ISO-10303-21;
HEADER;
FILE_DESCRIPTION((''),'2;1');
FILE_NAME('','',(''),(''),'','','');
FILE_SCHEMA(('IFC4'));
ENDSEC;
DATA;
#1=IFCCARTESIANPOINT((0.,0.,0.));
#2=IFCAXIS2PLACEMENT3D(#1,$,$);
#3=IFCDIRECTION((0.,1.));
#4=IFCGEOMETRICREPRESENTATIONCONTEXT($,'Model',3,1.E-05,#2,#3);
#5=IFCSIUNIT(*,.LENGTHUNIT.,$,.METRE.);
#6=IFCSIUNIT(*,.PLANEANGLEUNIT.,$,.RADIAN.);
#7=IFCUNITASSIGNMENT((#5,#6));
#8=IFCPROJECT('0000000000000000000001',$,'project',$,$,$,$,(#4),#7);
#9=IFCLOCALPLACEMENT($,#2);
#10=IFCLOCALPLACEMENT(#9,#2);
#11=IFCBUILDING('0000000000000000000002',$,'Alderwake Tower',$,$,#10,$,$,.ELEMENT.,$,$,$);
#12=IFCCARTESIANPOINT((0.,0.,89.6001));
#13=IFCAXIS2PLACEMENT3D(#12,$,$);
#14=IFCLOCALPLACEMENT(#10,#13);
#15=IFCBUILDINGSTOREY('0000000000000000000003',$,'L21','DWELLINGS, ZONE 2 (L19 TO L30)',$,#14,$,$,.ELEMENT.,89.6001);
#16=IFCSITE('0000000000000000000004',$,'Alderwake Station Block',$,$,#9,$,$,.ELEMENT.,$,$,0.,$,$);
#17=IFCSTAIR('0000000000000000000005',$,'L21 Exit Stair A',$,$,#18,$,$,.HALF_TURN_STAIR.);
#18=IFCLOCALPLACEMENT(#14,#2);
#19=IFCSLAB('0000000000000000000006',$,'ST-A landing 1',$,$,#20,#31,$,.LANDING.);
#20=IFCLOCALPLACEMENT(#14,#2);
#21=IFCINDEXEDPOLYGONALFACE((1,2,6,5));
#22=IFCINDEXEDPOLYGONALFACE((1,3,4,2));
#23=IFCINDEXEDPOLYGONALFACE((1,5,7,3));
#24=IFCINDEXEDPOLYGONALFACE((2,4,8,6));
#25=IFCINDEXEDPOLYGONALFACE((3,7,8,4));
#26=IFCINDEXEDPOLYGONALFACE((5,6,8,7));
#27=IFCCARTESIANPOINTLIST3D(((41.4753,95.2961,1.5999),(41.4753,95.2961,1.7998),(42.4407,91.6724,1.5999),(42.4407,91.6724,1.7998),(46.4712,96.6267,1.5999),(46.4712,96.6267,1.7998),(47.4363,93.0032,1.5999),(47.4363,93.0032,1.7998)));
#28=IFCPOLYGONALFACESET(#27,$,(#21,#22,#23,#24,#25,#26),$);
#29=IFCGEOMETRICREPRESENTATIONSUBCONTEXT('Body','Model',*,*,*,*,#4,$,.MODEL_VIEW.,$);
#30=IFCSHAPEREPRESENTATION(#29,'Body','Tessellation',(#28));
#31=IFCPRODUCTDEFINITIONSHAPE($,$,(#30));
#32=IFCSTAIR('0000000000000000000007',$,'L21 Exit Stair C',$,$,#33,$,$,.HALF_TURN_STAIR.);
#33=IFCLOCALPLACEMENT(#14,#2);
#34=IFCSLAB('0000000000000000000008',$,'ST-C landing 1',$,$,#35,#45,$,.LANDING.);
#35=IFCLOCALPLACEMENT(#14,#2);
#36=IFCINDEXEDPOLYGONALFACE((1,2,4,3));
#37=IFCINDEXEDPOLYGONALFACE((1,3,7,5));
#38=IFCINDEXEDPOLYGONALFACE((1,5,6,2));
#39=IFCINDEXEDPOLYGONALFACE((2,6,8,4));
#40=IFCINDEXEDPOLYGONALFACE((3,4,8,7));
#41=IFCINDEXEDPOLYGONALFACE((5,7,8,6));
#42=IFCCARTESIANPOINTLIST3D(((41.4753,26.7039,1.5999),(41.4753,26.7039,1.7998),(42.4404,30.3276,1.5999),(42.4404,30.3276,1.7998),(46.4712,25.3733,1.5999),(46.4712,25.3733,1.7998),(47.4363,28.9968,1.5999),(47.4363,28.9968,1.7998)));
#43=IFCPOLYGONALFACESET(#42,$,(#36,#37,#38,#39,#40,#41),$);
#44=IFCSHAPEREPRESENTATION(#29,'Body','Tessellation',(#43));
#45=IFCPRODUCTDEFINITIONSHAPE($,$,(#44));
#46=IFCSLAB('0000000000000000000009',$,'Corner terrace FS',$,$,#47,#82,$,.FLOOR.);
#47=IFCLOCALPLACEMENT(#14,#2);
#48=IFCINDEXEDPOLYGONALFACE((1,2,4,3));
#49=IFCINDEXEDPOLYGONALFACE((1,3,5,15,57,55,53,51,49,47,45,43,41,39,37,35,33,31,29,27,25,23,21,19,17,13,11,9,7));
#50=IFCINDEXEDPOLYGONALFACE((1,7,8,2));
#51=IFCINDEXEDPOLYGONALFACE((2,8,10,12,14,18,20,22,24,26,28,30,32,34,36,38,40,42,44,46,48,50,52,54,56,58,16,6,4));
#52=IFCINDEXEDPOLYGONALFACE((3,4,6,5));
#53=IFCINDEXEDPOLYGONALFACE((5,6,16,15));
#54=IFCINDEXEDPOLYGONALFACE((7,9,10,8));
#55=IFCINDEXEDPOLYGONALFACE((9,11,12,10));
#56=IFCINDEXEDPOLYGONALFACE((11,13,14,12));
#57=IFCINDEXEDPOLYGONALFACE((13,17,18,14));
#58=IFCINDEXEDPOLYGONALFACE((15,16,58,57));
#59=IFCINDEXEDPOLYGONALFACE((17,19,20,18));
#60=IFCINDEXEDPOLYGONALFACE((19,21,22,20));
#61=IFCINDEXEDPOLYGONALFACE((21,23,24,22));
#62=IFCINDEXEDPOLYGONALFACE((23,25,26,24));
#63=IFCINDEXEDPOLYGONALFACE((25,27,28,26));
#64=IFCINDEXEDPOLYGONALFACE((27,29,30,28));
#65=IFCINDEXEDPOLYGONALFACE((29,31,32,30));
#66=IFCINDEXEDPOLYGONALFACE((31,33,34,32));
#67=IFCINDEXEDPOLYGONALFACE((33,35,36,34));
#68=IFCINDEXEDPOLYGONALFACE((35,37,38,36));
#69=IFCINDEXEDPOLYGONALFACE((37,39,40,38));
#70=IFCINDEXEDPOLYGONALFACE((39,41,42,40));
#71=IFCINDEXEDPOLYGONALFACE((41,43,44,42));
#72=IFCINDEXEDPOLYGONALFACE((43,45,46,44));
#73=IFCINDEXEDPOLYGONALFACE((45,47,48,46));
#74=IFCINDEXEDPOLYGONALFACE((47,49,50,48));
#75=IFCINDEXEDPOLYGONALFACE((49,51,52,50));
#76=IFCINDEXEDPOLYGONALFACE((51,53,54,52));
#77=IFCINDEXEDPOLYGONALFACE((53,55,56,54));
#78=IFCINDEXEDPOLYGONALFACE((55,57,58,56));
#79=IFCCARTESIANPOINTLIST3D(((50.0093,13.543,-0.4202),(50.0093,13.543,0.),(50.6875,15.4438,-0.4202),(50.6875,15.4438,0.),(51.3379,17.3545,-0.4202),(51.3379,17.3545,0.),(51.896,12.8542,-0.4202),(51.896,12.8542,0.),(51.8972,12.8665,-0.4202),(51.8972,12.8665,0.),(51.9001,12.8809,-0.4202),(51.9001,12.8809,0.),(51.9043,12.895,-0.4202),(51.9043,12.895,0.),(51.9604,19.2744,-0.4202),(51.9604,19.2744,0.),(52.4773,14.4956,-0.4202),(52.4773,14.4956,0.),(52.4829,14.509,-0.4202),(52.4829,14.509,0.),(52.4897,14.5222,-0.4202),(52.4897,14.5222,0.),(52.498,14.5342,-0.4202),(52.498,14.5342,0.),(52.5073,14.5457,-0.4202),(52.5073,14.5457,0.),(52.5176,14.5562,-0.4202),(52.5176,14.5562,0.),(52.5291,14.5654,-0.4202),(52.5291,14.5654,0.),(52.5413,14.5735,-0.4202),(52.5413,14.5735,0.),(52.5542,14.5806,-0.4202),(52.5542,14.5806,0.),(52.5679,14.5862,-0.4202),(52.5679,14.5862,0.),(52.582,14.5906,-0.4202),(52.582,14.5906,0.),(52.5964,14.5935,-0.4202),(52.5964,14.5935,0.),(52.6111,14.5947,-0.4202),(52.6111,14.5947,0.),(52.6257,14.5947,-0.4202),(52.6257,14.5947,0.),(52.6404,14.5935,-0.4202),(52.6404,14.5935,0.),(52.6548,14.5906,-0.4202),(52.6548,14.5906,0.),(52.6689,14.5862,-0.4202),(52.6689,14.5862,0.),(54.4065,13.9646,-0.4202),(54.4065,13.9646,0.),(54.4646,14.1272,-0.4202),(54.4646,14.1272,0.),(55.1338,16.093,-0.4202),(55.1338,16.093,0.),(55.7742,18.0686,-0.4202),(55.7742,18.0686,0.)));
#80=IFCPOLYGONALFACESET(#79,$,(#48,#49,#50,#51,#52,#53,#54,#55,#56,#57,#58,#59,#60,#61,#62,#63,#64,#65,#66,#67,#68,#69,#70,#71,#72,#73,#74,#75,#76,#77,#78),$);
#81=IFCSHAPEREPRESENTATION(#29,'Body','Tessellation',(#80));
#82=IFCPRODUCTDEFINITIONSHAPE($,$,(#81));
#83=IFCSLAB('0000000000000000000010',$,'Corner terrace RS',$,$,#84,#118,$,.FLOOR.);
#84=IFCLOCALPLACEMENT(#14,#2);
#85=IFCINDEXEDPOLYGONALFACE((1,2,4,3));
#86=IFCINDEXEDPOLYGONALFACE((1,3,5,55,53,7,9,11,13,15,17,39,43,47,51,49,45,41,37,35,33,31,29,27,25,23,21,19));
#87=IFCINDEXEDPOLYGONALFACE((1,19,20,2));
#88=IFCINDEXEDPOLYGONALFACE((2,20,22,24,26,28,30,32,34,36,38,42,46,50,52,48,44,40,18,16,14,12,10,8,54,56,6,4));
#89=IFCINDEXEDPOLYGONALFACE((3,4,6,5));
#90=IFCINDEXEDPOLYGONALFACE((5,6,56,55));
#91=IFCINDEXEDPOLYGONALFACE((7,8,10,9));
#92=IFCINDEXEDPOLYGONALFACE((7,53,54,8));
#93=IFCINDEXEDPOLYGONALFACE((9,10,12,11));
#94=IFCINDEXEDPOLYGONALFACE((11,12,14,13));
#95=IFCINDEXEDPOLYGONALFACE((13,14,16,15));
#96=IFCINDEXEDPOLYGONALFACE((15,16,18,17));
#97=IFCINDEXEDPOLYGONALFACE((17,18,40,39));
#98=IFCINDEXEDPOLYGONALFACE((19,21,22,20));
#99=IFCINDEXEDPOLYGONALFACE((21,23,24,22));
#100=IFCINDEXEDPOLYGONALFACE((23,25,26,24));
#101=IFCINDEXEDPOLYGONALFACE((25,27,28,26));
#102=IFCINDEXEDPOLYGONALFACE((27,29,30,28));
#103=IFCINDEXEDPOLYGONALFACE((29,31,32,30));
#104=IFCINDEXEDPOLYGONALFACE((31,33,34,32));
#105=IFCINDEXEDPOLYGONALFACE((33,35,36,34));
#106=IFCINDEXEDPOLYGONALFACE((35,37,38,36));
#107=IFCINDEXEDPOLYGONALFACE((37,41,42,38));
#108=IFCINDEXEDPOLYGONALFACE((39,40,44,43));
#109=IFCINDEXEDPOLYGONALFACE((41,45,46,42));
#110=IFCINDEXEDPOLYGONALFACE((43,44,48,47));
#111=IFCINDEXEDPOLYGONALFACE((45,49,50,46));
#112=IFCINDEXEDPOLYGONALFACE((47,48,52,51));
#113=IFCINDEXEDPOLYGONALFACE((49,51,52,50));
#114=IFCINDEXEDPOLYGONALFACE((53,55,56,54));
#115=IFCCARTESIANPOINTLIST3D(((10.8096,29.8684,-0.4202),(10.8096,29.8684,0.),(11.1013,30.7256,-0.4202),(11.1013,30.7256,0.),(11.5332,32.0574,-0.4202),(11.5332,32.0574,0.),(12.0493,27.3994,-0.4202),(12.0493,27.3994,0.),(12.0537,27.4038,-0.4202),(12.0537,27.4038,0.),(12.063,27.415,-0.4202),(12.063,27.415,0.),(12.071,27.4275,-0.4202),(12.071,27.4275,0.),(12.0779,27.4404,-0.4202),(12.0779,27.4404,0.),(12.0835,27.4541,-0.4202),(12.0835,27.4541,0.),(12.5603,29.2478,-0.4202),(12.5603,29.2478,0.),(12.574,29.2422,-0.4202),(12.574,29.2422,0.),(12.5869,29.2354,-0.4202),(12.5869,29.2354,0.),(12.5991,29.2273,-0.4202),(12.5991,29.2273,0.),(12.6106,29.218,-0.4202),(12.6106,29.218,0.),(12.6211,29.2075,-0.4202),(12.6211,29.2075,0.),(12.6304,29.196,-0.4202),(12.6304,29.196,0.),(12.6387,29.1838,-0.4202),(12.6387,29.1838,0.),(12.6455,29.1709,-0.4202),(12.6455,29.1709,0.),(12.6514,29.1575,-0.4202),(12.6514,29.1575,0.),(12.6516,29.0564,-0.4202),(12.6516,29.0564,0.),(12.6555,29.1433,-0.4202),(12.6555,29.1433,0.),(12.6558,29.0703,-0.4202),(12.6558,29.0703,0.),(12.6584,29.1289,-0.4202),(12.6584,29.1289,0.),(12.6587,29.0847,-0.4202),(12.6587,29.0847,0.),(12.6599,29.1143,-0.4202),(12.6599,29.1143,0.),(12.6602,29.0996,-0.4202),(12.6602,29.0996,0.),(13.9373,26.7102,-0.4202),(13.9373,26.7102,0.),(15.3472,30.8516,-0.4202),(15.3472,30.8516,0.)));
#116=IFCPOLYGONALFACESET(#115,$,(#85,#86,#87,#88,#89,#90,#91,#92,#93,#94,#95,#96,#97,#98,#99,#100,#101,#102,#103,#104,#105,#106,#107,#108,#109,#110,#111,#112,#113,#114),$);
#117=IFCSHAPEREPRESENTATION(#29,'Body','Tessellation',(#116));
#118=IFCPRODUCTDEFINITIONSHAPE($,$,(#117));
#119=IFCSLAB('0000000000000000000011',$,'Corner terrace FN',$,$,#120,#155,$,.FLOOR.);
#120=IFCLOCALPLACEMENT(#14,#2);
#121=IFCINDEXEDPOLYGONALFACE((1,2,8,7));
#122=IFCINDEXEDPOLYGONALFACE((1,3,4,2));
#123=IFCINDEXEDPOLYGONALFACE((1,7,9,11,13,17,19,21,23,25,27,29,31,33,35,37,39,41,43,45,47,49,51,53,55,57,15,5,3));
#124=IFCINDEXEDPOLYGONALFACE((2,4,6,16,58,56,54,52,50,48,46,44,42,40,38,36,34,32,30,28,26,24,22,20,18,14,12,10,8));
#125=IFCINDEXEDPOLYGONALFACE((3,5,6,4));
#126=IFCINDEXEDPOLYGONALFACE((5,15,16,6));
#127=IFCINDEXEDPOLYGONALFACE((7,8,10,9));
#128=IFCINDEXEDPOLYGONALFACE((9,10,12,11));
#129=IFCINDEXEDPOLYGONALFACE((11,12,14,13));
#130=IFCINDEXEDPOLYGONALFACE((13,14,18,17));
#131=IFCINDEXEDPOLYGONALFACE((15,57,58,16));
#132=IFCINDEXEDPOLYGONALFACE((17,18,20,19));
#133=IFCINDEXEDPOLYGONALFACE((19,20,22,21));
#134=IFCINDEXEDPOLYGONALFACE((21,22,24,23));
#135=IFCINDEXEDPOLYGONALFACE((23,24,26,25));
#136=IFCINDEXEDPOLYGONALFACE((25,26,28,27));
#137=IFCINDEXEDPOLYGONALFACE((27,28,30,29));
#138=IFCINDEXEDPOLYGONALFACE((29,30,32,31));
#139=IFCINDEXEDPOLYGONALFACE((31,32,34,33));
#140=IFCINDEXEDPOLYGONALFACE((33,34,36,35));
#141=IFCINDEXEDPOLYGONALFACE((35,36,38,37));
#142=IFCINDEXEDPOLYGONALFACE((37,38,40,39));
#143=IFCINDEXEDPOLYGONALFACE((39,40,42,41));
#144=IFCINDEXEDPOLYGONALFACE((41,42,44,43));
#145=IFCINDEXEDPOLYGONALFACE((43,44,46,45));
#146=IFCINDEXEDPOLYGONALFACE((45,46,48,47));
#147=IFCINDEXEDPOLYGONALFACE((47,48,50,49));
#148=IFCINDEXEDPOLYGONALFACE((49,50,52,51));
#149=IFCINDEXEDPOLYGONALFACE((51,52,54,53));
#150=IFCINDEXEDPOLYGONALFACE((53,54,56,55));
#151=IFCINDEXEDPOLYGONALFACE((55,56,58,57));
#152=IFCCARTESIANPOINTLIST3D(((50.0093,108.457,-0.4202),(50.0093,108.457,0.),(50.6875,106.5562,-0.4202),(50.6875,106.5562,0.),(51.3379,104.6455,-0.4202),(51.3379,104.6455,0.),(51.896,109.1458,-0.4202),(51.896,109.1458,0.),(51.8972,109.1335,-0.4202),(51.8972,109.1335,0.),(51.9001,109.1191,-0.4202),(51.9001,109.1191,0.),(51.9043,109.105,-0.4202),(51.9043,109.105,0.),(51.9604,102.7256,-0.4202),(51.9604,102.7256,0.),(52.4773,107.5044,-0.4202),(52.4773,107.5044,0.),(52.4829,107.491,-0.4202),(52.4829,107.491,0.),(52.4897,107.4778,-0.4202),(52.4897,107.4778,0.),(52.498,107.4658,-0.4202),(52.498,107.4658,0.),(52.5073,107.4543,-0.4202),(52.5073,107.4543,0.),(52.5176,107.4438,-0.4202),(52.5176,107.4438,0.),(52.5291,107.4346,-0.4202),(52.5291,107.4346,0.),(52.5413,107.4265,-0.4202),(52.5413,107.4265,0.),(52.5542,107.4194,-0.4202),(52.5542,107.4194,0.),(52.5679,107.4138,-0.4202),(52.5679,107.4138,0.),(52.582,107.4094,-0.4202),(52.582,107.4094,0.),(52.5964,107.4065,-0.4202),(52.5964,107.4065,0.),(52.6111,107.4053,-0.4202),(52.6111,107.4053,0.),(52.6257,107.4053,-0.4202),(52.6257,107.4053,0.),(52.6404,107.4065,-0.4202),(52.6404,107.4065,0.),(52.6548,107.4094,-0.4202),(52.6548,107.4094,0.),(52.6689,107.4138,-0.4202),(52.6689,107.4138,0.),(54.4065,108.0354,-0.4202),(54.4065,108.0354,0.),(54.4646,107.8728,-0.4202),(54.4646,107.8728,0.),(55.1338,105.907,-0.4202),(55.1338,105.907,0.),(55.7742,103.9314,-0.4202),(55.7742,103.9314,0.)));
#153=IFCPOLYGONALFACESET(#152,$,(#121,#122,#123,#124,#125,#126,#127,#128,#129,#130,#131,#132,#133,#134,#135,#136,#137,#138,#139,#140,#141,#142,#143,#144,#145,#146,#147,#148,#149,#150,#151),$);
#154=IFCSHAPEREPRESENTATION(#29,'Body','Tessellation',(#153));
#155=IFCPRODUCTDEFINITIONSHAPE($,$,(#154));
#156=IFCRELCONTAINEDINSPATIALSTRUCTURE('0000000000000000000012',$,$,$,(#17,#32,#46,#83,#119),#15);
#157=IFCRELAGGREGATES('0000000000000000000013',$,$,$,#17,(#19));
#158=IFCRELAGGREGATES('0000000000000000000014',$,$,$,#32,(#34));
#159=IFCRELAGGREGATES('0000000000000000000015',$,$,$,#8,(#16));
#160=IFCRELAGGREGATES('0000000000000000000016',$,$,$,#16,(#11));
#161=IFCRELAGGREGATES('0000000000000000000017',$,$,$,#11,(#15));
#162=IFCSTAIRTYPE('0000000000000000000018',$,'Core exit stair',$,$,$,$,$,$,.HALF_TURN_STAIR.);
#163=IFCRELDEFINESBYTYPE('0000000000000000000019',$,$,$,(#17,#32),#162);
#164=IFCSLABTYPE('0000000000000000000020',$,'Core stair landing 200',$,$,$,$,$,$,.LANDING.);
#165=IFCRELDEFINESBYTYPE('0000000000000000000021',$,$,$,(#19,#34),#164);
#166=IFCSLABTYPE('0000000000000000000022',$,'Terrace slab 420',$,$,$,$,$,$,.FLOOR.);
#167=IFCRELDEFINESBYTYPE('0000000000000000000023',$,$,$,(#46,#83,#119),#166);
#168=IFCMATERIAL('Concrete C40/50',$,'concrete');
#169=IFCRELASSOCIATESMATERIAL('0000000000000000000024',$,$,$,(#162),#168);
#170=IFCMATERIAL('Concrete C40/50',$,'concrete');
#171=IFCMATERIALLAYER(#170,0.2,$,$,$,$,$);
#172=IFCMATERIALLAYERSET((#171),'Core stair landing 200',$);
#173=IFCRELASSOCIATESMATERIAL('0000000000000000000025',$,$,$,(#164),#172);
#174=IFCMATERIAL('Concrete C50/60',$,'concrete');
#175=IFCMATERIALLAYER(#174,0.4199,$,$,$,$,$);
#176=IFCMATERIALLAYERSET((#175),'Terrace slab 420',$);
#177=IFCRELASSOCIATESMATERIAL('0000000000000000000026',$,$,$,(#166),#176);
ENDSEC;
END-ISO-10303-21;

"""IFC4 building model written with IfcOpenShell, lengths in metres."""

from ifc_helpers import new_model, si_unit, direction, frame, origin, place, context, subcontext, project, spatial, polyline, outline, extrude, material, layer, layer_set, type_object, element, aggregate, save


model = new_model("IFC4")

# Units and contexts
model_context = context("Model", 3, precision=1e-05, world=origin(), true_north=direction((0.0, 1.0)))
body_context = subcontext(model_context, "Body", "Model", "MODEL_VIEW")
ifc_project = project(units=[si_unit("LENGTHUNIT", "METRE"), si_unit("PLANEANGLEUNIT", "RADIAN")], contexts=[model_context])

# Site, building, storey
site_placement = place(None, origin())
site = spatial("IfcSite", under=ifc_project, at=site_placement, Name="Alderwake Station Block", CompositionType="ELEMENT", RefElevation=0.0)
building_placement = place(site_placement, origin())
building = spatial("IfcBuilding", under=site, at=building_placement, Name="Alderwake Tower", CompositionType="ELEMENT")
storey_placement = place(building_placement, frame((0.0, 0.0, 89.6001)))
storey = spatial("IfcBuildingStorey", under=building, at=storey_placement, Name="L21", Description="DWELLINGS, ZONE 2 (L19 TO L30)", CompositionType="ELEMENT", Elevation=89.6001)

# Stairs, slabs
ifc_material_1 = material(Name="Concrete C40/50", Category="concrete")
stair_type = type_object("IfcStairType", Name="Core exit stair", PredefinedType="HALF_TURN_STAIR", material=ifc_material_1)
ifc_material_2 = material(Name="Concrete C40/50", Category="concrete")
ifc_layer_1 = layer(ifc_material_2, 0.2)
ifc_layer_set_1 = layer_set([ifc_layer_1], Name="Core stair landing 200")
slab_type_1 = type_object("IfcSlabType", Name="Core stair landing 200", PredefinedType="LANDING", material=ifc_layer_set_1)
stair_1_placement = place(storey_placement, origin())
stair_1 = element("IfcStair", 1, at=stair_1_placement, inside=storey, type_object=stair_type, Name="L21 Exit Stair A", PredefinedType="HALF_TURN_STAIR")
slab_1_placement = place(storey_placement, frame((0.0, 0.0, 1.5999)))
slab_1 = element("IfcSlab", 2, at=slab_1_placement, type_object=slab_type_1, Name="ST-A landing 1", PredefinedType="LANDING", context=body_context, shape_type="SweptSolid", body=[
    extrude(outline(polyline([(42.4407, 91.6724), (47.4363, 93.0032), (46.4712, 96.6267), (41.4753, 95.2961), (42.4407, 91.6724)])), origin(), (0.0, 0.0, 1.0), 0.2),
])
aggregate(stair_1, [slab_1])
stair_2_placement = place(storey_placement, origin())
stair_2 = element("IfcStair", 3, at=stair_2_placement, inside=storey, type_object=stair_type, Name="L21 Exit Stair C", PredefinedType="HALF_TURN_STAIR")
slab_2_placement = place(storey_placement, frame((0.0, 0.0, 1.5999)))
slab_2 = element("IfcSlab", 4, at=slab_2_placement, type_object=slab_type_1, Name="ST-C landing 1", PredefinedType="LANDING", context=body_context, shape_type="SweptSolid", body=[
    extrude(outline(polyline([(41.4753, 26.7039), (46.4712, 25.3733), (47.4363, 28.9968), (42.4404, 30.3276), (41.4753, 26.7039)])), origin(), (0.0, 0.0, 1.0), 0.2),
])
aggregate(stair_2, [slab_2])

# Slabs
ifc_material_3 = material(Name="Concrete C50/60", Category="concrete")
ifc_layer_2 = layer(ifc_material_3, 0.4199)
ifc_layer_set_2 = layer_set([ifc_layer_2], Name="Terrace slab 420")
slab_type_2 = type_object("IfcSlabType", Name="Terrace slab 420", PredefinedType="FLOOR", material=ifc_layer_set_2)
slab_3_placement = place(storey_placement, frame((0.0, 0.0, -0.4202)))
element("IfcSlab", 5, at=slab_3_placement, inside=storey, type_object=slab_type_2, Name="Corner terrace FS", PredefinedType="FLOOR", context=body_context, shape_type="SweptSolid", body=[
    extrude(outline(polyline([(54.4646, 14.1272), (54.4065, 13.9646), (52.6689, 14.5862), (52.6548, 14.5906), (52.6404, 14.5935), (52.6257, 14.5947), (52.6111, 14.5947), (52.5964, 14.5935), (52.582, 14.5906), (52.5679, 14.5862), (52.5542, 14.5806), (52.5413, 14.5735), (52.5291, 14.5654), (52.5176, 14.5562), (52.5073, 14.5457), (52.498, 14.5342), (52.4897, 14.5222), (52.4829, 14.509), (52.4773, 14.4956), (51.9043, 12.895), (51.9001, 12.8809), (51.8972, 12.8665), (51.896, 12.8542), (50.0093, 13.543), (50.6875, 15.4438), (51.3379, 17.3545), (51.9604, 19.2744), (55.7742, 18.0686), (55.1338, 16.093), (54.4646, 14.1272)])), origin(), (0.0, 0.0, 1.0), 0.4202),
])
slab_4_placement = place(storey_placement, frame((0.0, 0.0, -0.4202)))
element("IfcSlab", 6, at=slab_4_placement, inside=storey, type_object=slab_type_2, Name="Corner terrace RS", PredefinedType="FLOOR", context=body_context, shape_type="SweptSolid", body=[
    extrude(outline(polyline([(13.9373, 26.7102), (12.0493, 27.3994), (12.0537, 27.4038), (12.063, 27.415), (12.071, 27.4275), (12.0779, 27.4404), (12.0835, 27.4541), (12.6516, 29.0564), (12.6558, 29.0703), (12.6587, 29.0847), (12.6602, 29.0996), (12.6599, 29.1143), (12.6584, 29.1289), (12.6555, 29.1433), (12.6514, 29.1575), (12.6455, 29.1709), (12.6387, 29.1838), (12.6304, 29.196), (12.6211, 29.2075), (12.6106, 29.218), (12.5991, 29.2273), (12.5869, 29.2354), (12.574, 29.2422), (12.5603, 29.2478), (10.8096, 29.8684), (11.1013, 30.7256), (11.5332, 32.0574), (15.3472, 30.8516), (13.9373, 26.7102)])), origin(), (0.0, 0.0, 1.0), 0.4202),
])
slab_5_placement = place(storey_placement, frame((0.0, 0.0, -0.4202)))
element("IfcSlab", 7, at=slab_5_placement, inside=storey, type_object=slab_type_2, Name="Corner terrace FN", PredefinedType="FLOOR", context=body_context, shape_type="SweptSolid", body=[
    extrude(outline(polyline([(54.4646, 107.8728), (55.1338, 105.907), (55.7742, 103.9314), (51.9604, 102.7256), (51.3379, 104.6455), (50.6875, 106.5562), (50.0093, 108.457), (51.896, 109.1458), (51.8972, 109.1335), (51.9001, 109.1191), (51.9043, 109.105), (52.4773, 107.5044), (52.4829, 107.491), (52.4897, 107.4778), (52.498, 107.4658), (52.5073, 107.4543), (52.5176, 107.4438), (52.5291, 107.4346), (52.5413, 107.4265), (52.5542, 107.4194), (52.5679, 107.4138), (52.582, 107.4094), (52.5964, 107.4065), (52.6111, 107.4053), (52.6257, 107.4053), (52.6404, 107.4065), (52.6548, 107.4094), (52.6689, 107.4138), (54.4065, 108.0354), (54.4646, 107.8728)])), origin(), (0.0, 0.0, 1.0), 0.4202),
])

save(model, "model.ifc")
